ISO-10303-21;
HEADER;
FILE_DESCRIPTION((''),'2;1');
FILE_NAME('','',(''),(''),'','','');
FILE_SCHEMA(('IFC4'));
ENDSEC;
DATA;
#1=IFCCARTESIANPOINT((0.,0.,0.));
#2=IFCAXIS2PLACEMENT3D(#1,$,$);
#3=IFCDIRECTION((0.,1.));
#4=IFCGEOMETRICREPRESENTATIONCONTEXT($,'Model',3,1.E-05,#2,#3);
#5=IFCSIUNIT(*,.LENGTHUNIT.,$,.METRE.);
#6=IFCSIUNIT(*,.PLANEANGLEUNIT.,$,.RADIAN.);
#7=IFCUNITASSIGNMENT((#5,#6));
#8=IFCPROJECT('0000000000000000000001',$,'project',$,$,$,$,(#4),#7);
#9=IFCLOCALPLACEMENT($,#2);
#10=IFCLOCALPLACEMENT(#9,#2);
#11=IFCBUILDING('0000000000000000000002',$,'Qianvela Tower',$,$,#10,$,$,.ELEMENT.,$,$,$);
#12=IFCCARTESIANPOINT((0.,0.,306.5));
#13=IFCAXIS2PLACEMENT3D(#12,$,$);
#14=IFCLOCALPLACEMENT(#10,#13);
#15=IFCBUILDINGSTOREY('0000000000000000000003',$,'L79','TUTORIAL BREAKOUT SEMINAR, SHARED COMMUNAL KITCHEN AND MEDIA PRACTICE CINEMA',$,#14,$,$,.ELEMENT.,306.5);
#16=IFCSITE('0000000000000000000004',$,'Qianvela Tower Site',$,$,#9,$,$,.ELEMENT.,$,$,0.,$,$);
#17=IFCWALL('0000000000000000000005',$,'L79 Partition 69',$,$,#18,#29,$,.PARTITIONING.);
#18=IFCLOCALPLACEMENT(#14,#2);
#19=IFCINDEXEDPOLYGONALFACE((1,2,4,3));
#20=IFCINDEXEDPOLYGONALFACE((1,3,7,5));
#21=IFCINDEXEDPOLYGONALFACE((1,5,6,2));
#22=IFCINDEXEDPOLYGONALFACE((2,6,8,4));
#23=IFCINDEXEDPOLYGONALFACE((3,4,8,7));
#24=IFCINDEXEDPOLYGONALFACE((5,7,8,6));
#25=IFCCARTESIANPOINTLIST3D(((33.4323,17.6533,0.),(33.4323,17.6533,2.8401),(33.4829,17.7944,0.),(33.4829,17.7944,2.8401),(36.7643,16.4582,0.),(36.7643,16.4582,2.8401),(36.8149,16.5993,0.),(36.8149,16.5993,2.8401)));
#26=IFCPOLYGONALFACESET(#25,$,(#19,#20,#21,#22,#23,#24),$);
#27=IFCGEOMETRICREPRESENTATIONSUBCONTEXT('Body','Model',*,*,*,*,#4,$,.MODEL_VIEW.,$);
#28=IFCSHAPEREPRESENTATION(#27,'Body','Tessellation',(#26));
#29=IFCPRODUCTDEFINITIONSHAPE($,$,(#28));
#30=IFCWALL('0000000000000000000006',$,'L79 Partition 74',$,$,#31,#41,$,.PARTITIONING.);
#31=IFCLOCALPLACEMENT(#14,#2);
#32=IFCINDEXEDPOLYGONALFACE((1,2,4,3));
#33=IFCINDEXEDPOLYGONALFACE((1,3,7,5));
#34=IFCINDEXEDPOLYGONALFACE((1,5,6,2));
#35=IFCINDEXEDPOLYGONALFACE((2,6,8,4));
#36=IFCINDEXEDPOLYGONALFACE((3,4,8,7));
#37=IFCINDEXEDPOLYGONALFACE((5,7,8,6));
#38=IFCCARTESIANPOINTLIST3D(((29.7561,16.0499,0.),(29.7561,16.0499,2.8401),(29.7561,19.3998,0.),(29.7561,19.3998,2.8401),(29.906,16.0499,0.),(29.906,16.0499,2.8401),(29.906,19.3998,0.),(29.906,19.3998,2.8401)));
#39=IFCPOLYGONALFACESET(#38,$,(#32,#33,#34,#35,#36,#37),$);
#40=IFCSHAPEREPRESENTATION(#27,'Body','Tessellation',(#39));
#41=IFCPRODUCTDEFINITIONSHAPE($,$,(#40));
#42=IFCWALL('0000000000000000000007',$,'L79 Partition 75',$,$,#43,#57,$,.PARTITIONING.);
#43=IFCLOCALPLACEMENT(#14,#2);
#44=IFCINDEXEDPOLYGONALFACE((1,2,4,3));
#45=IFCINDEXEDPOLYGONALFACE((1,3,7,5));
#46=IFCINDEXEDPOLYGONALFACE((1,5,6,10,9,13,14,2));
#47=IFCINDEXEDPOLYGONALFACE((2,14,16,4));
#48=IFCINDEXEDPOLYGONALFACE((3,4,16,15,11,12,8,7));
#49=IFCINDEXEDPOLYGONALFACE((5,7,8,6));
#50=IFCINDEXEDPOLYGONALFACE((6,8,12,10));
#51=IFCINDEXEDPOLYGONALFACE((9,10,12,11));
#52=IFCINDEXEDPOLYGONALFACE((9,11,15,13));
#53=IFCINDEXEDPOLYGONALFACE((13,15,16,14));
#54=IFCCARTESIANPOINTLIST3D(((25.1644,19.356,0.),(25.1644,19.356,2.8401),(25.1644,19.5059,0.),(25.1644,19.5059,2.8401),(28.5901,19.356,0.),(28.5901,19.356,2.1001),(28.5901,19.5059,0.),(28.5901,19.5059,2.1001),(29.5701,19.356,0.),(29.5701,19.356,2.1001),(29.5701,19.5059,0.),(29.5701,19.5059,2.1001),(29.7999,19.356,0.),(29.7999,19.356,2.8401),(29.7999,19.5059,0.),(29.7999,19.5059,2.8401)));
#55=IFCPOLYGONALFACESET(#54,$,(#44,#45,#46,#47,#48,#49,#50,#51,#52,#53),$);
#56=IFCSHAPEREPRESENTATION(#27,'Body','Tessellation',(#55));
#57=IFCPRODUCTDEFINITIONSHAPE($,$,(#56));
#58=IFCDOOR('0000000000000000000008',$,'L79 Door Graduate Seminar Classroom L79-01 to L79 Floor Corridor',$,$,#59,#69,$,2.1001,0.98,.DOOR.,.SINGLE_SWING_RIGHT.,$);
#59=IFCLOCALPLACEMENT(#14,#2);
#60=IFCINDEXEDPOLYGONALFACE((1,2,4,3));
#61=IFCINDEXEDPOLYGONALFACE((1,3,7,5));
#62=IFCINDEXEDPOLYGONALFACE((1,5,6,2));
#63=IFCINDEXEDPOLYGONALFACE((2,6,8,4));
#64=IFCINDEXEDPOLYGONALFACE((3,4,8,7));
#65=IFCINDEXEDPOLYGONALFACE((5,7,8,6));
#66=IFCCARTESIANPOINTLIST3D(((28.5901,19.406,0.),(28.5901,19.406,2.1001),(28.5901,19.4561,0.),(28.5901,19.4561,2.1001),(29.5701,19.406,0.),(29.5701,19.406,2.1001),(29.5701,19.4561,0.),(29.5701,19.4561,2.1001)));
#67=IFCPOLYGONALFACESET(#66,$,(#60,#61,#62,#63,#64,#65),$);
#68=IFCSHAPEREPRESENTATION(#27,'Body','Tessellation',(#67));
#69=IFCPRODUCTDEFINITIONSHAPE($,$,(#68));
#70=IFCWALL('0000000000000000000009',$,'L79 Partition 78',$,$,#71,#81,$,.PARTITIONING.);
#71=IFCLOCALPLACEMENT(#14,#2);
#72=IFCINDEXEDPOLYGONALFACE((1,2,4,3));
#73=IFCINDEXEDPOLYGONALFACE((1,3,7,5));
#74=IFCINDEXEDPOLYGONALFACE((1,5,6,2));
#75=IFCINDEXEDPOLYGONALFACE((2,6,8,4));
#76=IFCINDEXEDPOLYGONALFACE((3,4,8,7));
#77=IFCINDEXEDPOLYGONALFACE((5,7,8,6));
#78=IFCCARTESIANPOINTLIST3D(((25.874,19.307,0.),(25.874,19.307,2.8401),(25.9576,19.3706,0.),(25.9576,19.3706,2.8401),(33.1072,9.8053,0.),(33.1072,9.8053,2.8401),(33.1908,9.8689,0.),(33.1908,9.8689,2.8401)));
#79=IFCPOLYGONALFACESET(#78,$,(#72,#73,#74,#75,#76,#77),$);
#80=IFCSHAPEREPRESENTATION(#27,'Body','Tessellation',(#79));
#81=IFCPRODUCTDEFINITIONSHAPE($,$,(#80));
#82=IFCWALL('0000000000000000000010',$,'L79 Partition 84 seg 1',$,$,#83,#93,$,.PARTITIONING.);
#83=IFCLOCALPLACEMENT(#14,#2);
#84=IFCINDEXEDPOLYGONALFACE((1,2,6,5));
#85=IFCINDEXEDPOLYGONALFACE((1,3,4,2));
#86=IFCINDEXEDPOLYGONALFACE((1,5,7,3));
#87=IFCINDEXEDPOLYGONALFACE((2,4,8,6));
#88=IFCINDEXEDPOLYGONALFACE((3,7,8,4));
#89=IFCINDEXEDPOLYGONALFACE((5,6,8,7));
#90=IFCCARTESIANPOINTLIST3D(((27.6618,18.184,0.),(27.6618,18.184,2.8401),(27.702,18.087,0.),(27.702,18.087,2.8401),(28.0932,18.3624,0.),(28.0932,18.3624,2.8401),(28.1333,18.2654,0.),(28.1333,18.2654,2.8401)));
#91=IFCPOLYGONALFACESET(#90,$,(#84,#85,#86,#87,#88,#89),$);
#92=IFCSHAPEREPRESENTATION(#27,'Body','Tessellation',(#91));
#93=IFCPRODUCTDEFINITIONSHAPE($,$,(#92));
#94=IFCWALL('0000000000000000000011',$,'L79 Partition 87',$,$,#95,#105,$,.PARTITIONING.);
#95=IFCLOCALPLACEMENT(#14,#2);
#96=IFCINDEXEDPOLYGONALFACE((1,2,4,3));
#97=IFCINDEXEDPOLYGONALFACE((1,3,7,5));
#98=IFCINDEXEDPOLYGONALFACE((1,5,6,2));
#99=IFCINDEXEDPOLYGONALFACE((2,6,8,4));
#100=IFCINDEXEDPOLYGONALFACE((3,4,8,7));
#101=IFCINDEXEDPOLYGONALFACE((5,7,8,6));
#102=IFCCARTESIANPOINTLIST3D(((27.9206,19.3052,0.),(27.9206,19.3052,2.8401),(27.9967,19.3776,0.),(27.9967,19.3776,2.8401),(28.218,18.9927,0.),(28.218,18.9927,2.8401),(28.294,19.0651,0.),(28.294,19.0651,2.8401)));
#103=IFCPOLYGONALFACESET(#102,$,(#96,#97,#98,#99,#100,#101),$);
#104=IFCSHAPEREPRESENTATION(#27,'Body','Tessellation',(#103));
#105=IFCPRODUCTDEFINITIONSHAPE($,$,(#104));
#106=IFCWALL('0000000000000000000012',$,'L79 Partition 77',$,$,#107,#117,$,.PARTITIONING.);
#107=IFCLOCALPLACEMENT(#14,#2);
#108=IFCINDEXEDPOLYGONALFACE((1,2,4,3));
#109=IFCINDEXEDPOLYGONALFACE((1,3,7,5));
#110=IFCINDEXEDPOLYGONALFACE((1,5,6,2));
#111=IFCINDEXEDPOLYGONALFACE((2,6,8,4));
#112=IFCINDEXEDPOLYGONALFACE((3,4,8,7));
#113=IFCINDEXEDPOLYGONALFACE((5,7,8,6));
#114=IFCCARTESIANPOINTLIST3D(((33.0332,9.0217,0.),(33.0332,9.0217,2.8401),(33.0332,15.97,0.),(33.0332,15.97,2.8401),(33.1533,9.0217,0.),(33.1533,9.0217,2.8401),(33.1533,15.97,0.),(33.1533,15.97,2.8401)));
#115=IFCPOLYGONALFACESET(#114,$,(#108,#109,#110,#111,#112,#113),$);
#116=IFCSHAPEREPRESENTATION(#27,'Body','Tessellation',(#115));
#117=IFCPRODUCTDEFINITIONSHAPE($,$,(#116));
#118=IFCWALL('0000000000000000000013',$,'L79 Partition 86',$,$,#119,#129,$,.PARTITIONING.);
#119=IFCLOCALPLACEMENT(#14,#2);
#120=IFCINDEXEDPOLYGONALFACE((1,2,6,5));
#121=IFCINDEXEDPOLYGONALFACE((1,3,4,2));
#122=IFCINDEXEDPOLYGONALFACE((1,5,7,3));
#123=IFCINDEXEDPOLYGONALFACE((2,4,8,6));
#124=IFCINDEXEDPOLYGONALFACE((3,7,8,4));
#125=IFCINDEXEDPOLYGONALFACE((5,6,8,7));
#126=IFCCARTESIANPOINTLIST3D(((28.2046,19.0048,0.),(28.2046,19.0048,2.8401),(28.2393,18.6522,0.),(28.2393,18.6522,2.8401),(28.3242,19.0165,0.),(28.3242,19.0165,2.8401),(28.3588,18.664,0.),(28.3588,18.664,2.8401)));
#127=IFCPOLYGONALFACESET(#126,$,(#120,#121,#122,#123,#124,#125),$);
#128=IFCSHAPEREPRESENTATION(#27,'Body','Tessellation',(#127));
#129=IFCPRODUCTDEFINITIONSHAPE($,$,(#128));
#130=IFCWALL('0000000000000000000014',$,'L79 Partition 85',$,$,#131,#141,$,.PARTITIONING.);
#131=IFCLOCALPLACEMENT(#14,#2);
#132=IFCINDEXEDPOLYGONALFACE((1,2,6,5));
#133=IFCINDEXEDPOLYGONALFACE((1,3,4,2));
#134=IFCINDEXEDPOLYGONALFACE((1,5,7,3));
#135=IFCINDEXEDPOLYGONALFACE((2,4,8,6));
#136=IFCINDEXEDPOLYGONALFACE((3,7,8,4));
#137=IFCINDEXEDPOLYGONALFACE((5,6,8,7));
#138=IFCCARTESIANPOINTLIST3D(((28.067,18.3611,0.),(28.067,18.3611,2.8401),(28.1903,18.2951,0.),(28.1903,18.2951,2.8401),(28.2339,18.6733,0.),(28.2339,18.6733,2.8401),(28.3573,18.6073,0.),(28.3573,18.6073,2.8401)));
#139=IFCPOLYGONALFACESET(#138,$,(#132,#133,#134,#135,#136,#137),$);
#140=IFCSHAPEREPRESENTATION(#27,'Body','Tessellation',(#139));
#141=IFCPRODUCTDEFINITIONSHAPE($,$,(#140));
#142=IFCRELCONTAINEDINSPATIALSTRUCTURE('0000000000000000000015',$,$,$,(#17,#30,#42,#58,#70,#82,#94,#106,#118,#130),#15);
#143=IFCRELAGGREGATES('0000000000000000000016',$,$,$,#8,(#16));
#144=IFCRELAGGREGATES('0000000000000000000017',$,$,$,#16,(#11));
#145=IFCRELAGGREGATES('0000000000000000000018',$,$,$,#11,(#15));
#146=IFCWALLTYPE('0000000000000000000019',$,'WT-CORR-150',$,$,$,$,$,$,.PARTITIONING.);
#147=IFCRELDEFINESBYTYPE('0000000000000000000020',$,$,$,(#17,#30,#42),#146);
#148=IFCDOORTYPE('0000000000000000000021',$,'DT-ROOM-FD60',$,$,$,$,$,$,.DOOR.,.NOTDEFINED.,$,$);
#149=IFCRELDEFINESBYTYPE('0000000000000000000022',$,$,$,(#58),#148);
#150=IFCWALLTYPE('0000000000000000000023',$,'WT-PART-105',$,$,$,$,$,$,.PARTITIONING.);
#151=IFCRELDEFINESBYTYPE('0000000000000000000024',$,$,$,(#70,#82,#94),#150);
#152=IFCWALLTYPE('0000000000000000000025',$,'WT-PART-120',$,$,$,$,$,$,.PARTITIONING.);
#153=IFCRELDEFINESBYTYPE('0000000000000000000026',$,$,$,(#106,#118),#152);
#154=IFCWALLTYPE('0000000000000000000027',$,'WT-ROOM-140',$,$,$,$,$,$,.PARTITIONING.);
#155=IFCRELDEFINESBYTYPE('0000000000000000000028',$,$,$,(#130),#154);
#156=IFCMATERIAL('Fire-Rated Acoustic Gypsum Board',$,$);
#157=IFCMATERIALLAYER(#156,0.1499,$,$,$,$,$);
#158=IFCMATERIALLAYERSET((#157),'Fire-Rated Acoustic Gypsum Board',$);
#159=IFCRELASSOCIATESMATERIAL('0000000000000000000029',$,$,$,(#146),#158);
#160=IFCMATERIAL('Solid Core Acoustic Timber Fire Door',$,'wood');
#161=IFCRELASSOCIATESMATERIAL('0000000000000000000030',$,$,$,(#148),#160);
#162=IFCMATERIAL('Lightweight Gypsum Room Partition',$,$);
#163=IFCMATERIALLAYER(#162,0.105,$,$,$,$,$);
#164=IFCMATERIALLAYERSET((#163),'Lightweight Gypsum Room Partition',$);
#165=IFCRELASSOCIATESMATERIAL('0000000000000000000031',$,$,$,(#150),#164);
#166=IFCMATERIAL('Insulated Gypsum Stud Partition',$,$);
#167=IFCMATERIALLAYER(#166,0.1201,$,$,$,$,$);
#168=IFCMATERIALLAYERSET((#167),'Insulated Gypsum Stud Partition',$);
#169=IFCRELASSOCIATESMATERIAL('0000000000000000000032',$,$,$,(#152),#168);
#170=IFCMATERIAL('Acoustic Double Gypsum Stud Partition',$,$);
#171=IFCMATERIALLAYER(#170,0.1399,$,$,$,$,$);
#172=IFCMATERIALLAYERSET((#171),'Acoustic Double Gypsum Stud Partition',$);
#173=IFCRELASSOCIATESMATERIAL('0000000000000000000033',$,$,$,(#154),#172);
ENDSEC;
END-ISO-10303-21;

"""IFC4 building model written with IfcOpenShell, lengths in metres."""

from ifc_helpers import new_model, si_unit, direction, frame, frame_2d, origin, place, context, subcontext, project, spatial, rectangle, extrude, material, layer, layer_set, type_object, element, fill, save


model = new_model("IFC4")

# Units and contexts
model_context = context("Model", 3, precision=1e-05, world=origin(), true_north=direction((0.0, 1.0)))
body_context = subcontext(model_context, "Body", "Model", "MODEL_VIEW")
ifc_project = project(units=[si_unit("LENGTHUNIT", "METRE"), si_unit("PLANEANGLEUNIT", "RADIAN")], contexts=[model_context])

# Site, building, storey
site_placement = place(None, origin())
site = spatial("IfcSite", under=ifc_project, at=site_placement, Name="Qianvela Tower Site", CompositionType="ELEMENT", RefElevation=0.0)
building_placement = place(site_placement, origin())
building = spatial("IfcBuilding", under=site, at=building_placement, Name="Qianvela Tower", CompositionType="ELEMENT")
storey_placement = place(building_placement, frame((0.0, 0.0, 306.5)))
storey = spatial("IfcBuildingStorey", under=building, at=storey_placement, Name="L79", Description="TUTORIAL BREAKOUT SEMINAR, SHARED COMMUNAL KITCHEN AND MEDIA PRACTICE CINEMA", CompositionType="ELEMENT", Elevation=306.5)

# Shared definitions
ifc_material_1 = material(Name="Fire-Rated Acoustic Gypsum Board")
ifc_layer_1 = layer(ifc_material_1, 0.1499)
ifc_layer_set_1 = layer_set([ifc_layer_1], Name="Fire-Rated Acoustic Gypsum Board")
wall_type_1 = type_object("IfcWallType", Name="WT-CORR-150", PredefinedType="PARTITIONING", material=ifc_layer_set_1)

# Walls
wall_1_placement = place(storey_placement, frame((33.4575, 17.7239, 0.0), z_axis=(0.0, 0.0, 1.0), x_axis=(0.941289, -0.337603, 0.0)))
element("IfcWall", 1, at=wall_1_placement, inside=storey, type_object=wall_type_1, Name="L79 Partition 69", PredefinedType="PARTITIONING", context=body_context, shape_type="SweptSolid", body=[
    extrude(rectangle(XDim=3.5398, YDim=0.1499, at=frame_2d((1.77, 0.0))), origin(), (0.0, 0.0, 1.0), 2.8401),
])
wall_2_placement = place(storey_placement, frame((29.8311, 16.05, 0.0), z_axis=(0.0, 0.0, 1.0), x_axis=(0.0, 1.0, 0.0)))
element("IfcWall", 2, at=wall_2_placement, inside=storey, type_object=wall_type_1, Name="L79 Partition 74", PredefinedType="PARTITIONING", context=body_context, shape_type="SweptSolid", body=[
    extrude(rectangle(XDim=3.3499, YDim=0.1499, at=frame_2d((1.6748, 0.0))), origin(), (0.0, 0.0, 1.0), 2.8401),
])

# Wall, opening, door
wall_3_placement = place(storey_placement, frame((29.8, 19.4309, 0.0), z_axis=(0.0, 0.0, 1.0), x_axis=(-1.0, 0.0, 0.0)))
wall_3 = element("IfcWall", 3, at=wall_3_placement, inside=storey, type_object=wall_type_1, Name="L79 Partition 75", PredefinedType="PARTITIONING", context=body_context, shape_type="SweptSolid", body=[
    extrude(rectangle(XDim=4.6355, YDim=0.1499, at=frame_2d((2.3179, 0.0))), origin(), (0.0, 0.0, 1.0), 2.8401),
])
opening_1_placement = place(wall_3_placement, frame((0.23, 0.0, 0.0)))
opening_1 = element("IfcOpeningElement", 4, at=opening_1_placement, cuts=wall_3, PredefinedType="OPENING", context=body_context, shape_type="SweptSolid", body=[
    extrude(rectangle(XDim=0.98, YDim=2.1001, at=frame_2d((0.49, 1.05))), frame((0.0, 0.085, 0.0), z_axis=(0.0, -1.0, 0.0), x_axis=(1.0, 0.0, 0.0)), (0.0, 0.0, 1.0), 0.1699),
])
ifc_material_2 = material(Name="Solid Core Acoustic Timber Fire Door", Category="wood")
door_type_1 = type_object("IfcDoorType", Name="DT-ROOM-FD60", OperationType="NOTDEFINED", PredefinedType="DOOR", material=ifc_material_2)
door_1_placement = place(opening_1_placement, origin())
door_1 = element("IfcDoor", 5, at=door_1_placement, inside=storey, type_object=door_type_1, Name="L79 Door Graduate Seminar Classroom L79-01 to L79 Floor Corridor", OperationType="SINGLE_SWING_RIGHT", OverallHeight=2.1001, OverallWidth=0.98, PredefinedType="DOOR", context=body_context, shape_type="SweptSolid", body=[
    extrude(rectangle(XDim=0.98, YDim=2.1001, at=frame_2d((0.49, 1.05))), frame((0.0, 0.0249, 0.0), z_axis=(0.0, -1.0, 0.0), x_axis=(1.0, 0.0, 0.0)), (0.0, 0.0, 1.0), 0.05),
])
fill(opening_1, door_1)

# Walls
ifc_material_3 = material(Name="Lightweight Gypsum Room Partition")
ifc_layer_2 = layer(ifc_material_3, 0.105)
ifc_layer_set_2 = layer_set([ifc_layer_2], Name="Lightweight Gypsum Room Partition")
wall_type_2 = type_object("IfcWallType", Name="WT-PART-105", PredefinedType="PARTITIONING", material=ifc_layer_set_2)
wall_4_placement = place(storey_placement, frame((33.1489, 9.8372, 0.0), z_axis=(0.0, 0.0, 1.0), x_axis=(-0.605712, 0.795684, 0.0)))
element("IfcWall", 6, at=wall_4_placement, inside=storey, type_object=wall_type_2, Name="L79 Partition 78", PredefinedType="PARTITIONING", context=body_context, shape_type="SweptSolid", body=[
    extrude(rectangle(XDim=11.9417, YDim=0.105, at=frame_2d((5.9707, 0.0))), origin(), (0.0, 0.0, 1.0), 2.8401),
])
wall_5_placement = place(storey_placement, frame((27.6819, 18.1355, 0.0), z_axis=(0.0, 0.0, 1.0), x_axis=(0.924049, 0.382275, 0.0)))
element("IfcWall", 7, at=wall_5_placement, inside=storey, type_object=wall_type_2, Name="L79 Partition 84 seg 1", PredefinedType="PARTITIONING", context=body_context, shape_type="SweptSolid", body=[
    extrude(rectangle(XDim=0.4668, YDim=0.105, at=frame_2d((0.2334, 0.0))), origin(), (0.0, 0.0, 1.0), 2.8401),
])
wall_6_placement = place(storey_placement, frame((28.2561, 19.0288, 0.0), z_axis=(0.0, 0.0, 1.0), x_axis=(-0.689344, 0.724434, 0.0)))
element("IfcWall", 8, at=wall_6_placement, inside=storey, type_object=wall_type_2, Name="L79 Partition 87", PredefinedType="PARTITIONING", context=body_context, shape_type="SweptSolid", body=[
    extrude(rectangle(XDim=0.4314, YDim=0.105, at=frame_2d((0.2158, 0.0))), origin(), (0.0, 0.0, 1.0), 2.8401),
])
ifc_material_4 = material(Name="Insulated Gypsum Stud Partition")
ifc_layer_3 = layer(ifc_material_4, 0.1201)
ifc_layer_set_3 = layer_set([ifc_layer_3], Name="Insulated Gypsum Stud Partition")
wall_type_3 = type_object("IfcWallType", Name="WT-PART-120", PredefinedType="PARTITIONING", material=ifc_layer_set_3)
wall_7_placement = place(storey_placement, frame((33.0933, 15.97, 0.0), z_axis=(0.0, 0.0, 1.0), x_axis=(0.0, -1.0, 0.0)))
element("IfcWall", 9, at=wall_7_placement, inside=storey, type_object=wall_type_3, Name="L79 Partition 77", PredefinedType="PARTITIONING", context=body_context, shape_type="SweptSolid", body=[
    extrude(rectangle(XDim=6.9482, YDim=0.1201, at=frame_2d((3.4741, 0.0))), origin(), (0.0, 0.0, 1.0), 2.8401),
])
wall_8_placement = place(storey_placement, frame((28.2991, 18.658, 0.0), z_axis=(0.0, 0.0, 1.0), x_axis=(-0.097866, 0.9952, 0.0)))
element("IfcWall", 10, at=wall_8_placement, inside=storey, type_object=wall_type_3, Name="L79 Partition 86", PredefinedType="PARTITIONING", context=body_context, shape_type="SweptSolid", body=[
    extrude(rectangle(XDim=0.3542, YDim=0.1201, at=frame_2d((0.1772, 0.0))), origin(), (0.0, 0.0, 1.0), 2.8401),
])
ifc_material_5 = material(Name="Acoustic Double Gypsum Stud Partition")
ifc_layer_4 = layer(ifc_material_5, 0.1399)
ifc_layer_set_4 = layer_set([ifc_layer_4], Name="Acoustic Double Gypsum Stud Partition")
wall_type_4 = type_object("IfcWallType", Name="WT-ROOM-140", PredefinedType="PARTITIONING", material=ifc_layer_set_4)
wall_9_placement = place(storey_placement, frame((28.1287, 18.3281, 0.0), z_axis=(0.0, 0.0, 1.0), x_axis=(0.47159, 0.881818, 0.0)))
element("IfcWall", 11, at=wall_9_placement, inside=storey, type_object=wall_type_4, Name="L79 Partition 85", PredefinedType="PARTITIONING", context=body_context, shape_type="SweptSolid", body=[
    extrude(rectangle(XDim=0.354, YDim=0.1399, at=frame_2d((0.177, 0.0))), origin(), (0.0, 0.0, 1.0), 2.8401),
])

save(model, "model.ifc")
